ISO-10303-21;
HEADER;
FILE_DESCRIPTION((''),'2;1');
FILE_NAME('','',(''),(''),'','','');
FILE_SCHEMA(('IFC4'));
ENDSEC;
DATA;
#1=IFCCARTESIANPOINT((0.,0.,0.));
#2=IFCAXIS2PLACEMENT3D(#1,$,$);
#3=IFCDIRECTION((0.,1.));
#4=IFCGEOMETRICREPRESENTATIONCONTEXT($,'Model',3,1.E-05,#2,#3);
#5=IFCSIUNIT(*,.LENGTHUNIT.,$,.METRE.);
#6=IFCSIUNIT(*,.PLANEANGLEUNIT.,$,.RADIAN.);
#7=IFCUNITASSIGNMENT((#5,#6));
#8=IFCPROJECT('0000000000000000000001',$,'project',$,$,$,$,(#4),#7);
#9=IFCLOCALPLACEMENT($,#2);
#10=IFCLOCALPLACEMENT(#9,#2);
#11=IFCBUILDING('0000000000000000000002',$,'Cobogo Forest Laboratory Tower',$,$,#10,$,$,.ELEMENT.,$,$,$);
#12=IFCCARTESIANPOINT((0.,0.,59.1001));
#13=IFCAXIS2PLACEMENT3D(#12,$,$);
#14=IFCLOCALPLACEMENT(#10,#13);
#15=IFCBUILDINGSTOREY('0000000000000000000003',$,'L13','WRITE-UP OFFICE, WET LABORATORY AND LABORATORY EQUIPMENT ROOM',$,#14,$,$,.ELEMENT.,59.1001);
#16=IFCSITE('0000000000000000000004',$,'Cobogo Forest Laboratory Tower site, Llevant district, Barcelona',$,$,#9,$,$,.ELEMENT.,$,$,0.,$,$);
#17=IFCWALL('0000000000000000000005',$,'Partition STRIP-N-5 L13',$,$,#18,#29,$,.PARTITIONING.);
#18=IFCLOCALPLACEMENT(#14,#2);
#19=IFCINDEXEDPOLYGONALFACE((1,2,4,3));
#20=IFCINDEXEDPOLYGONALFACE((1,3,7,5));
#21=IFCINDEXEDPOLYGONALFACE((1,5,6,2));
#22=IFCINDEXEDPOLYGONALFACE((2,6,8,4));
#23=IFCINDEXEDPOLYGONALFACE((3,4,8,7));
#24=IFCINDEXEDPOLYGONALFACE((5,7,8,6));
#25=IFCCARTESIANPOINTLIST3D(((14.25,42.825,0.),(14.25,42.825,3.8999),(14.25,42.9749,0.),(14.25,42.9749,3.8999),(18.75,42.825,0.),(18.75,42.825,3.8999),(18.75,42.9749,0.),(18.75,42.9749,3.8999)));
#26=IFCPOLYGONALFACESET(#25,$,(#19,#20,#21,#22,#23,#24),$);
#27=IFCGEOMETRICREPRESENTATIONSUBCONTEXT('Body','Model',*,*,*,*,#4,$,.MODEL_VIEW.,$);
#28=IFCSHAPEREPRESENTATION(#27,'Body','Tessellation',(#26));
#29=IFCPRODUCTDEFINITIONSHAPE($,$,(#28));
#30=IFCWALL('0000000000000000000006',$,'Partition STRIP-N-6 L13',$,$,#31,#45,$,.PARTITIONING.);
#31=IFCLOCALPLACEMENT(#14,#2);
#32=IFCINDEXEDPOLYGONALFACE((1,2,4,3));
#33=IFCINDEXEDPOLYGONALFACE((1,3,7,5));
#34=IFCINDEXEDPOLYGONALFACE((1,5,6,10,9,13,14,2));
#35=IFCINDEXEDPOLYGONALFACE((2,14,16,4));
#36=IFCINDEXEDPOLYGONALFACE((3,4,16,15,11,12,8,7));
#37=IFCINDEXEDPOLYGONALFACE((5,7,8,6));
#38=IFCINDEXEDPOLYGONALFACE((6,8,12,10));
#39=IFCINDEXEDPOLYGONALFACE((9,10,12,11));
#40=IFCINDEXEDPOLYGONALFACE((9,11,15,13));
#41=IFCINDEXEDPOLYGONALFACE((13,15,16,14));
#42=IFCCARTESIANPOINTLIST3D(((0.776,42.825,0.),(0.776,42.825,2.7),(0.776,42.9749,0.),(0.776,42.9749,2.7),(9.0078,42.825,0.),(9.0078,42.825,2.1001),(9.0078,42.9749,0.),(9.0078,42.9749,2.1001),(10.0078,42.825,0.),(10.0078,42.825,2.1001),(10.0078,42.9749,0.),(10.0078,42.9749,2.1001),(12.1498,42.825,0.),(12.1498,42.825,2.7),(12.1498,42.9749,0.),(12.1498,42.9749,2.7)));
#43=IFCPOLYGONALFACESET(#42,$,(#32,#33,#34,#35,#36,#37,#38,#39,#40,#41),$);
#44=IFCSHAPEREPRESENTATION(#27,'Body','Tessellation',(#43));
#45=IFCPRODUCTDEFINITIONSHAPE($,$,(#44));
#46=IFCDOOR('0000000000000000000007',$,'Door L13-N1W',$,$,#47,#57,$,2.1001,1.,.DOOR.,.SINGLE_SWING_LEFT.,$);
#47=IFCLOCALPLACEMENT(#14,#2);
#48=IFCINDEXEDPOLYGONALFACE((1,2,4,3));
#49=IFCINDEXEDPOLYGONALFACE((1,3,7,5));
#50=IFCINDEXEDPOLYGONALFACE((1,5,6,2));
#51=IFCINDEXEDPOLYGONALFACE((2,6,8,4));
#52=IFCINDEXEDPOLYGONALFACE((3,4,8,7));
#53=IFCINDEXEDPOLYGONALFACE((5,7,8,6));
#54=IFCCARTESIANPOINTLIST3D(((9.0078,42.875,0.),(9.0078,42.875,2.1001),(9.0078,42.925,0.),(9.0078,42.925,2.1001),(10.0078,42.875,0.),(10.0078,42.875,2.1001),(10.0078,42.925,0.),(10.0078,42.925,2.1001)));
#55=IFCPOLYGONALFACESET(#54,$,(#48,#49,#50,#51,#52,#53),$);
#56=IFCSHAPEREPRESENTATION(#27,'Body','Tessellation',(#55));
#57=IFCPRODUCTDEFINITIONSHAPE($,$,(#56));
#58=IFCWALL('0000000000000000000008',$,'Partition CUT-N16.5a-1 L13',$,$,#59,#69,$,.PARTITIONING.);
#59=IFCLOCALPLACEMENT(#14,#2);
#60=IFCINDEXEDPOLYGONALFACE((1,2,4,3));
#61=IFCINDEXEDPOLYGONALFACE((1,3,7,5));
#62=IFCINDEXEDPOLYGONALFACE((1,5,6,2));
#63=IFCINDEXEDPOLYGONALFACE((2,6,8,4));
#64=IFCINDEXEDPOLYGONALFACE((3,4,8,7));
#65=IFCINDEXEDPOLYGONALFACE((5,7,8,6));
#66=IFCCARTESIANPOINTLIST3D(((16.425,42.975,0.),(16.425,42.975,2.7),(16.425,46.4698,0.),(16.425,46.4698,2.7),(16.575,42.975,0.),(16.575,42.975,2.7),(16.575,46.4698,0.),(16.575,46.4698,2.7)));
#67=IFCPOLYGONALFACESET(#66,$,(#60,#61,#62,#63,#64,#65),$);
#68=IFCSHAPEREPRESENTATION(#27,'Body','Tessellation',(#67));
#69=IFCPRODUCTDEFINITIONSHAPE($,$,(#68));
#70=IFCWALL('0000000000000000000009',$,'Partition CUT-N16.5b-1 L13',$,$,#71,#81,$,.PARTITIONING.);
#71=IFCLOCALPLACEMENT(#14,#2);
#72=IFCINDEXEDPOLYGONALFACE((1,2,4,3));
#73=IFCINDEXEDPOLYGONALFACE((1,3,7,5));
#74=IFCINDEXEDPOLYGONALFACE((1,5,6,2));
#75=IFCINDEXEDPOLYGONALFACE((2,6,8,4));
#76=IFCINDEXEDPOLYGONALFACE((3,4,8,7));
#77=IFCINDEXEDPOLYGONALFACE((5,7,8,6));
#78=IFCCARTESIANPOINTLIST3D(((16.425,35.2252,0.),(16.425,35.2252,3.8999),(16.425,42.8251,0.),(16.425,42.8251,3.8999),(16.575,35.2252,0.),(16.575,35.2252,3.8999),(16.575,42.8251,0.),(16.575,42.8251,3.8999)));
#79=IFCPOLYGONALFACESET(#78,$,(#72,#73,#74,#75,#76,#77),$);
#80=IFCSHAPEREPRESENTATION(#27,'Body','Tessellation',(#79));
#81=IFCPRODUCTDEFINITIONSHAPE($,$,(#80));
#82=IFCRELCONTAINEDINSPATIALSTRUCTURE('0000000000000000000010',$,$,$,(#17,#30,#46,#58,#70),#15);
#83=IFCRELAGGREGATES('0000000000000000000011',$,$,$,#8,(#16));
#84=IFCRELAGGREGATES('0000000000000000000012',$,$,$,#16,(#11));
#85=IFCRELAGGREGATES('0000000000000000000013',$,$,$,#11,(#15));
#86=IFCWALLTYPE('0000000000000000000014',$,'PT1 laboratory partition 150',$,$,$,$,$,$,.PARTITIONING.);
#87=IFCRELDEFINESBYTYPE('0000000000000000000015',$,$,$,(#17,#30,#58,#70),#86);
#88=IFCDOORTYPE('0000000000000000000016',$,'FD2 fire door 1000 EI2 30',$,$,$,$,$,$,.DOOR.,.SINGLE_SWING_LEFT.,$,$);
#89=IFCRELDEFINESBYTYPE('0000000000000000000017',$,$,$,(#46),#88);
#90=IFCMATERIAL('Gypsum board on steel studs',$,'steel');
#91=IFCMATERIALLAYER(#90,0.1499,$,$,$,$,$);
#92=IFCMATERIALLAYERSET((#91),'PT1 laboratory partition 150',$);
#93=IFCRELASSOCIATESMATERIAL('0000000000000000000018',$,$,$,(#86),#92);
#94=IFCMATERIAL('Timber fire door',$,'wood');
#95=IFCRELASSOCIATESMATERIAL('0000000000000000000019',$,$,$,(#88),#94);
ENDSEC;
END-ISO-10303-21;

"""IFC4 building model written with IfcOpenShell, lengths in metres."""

from ifc_helpers import new_model, si_unit, direction, frame, frame_2d, origin, place, context, subcontext, project, spatial, rectangle, extrude, material, layer, layer_set, type_object, element, fill, save


model = new_model("IFC4")

# Units and contexts
model_context = context("Model", 3, precision=1e-05, world=origin(), true_north=direction((0.0, 1.0)))
body_context = subcontext(model_context, "Body", "Model", "MODEL_VIEW")
ifc_project = project(units=[si_unit("LENGTHUNIT", "METRE"), si_unit("PLANEANGLEUNIT", "RADIAN")], contexts=[model_context])

# Site, building, storey
site_placement = place(None, origin())
site = spatial("IfcSite", under=ifc_project, at=site_placement, Name="Cobogo Forest Laboratory Tower site, Llevant district, Barcelona", CompositionType="ELEMENT", RefElevation=0.0)
building_placement = place(site_placement, origin())
building = spatial("IfcBuilding", under=site, at=building_placement, Name="Cobogo Forest Laboratory Tower", CompositionType="ELEMENT")
storey_placement = place(building_placement, frame((0.0, 0.0, 59.1001)))
storey = spatial("IfcBuildingStorey", under=building, at=storey_placement, Name="L13", Description="WRITE-UP OFFICE, WET LABORATORY AND LABORATORY EQUIPMENT ROOM", CompositionType="ELEMENT", Elevation=59.1001)

# Wall
ifc_material_1 = material(Name="Gypsum board on steel studs", Category="steel")
ifc_layer_1 = layer(ifc_material_1, 0.1499)
ifc_layer_set_1 = layer_set([ifc_layer_1], Name="PT1 laboratory partition 150")
wall_type = type_object("IfcWallType", Name="PT1 laboratory partition 150", PredefinedType="PARTITIONING", material=ifc_layer_set_1)
wall_1_placement = place(storey_placement, frame((18.75, 42.8999, 0.0), z_axis=(0.0, 0.0, 1.0), x_axis=(-1.0, 0.0, 0.0)))
element("IfcWall", 1, at=wall_1_placement, inside=storey, type_object=wall_type, Name="Partition STRIP-N-5 L13", PredefinedType="PARTITIONING", context=body_context, shape_type="SweptSolid", body=[
    extrude(rectangle(XDim=4.5, YDim=0.1499, at=frame_2d((2.25, 0.0))), origin(), (0.0, 0.0, 1.0), 3.8999),
])

# Wall, opening, door
wall_2_placement = place(storey_placement, frame((12.1499, 42.8999, 0.0), z_axis=(0.0, 0.0, 1.0), x_axis=(-1.0, 0.0, 0.0)))
wall_2 = element("IfcWall", 2, at=wall_2_placement, inside=storey, type_object=wall_type, Name="Partition STRIP-N-6 L13", PredefinedType="PARTITIONING", context=body_context, shape_type="SweptSolid", body=[
    extrude(rectangle(XDim=11.3738, YDim=0.1499, at=frame_2d((5.687, 0.0))), origin(), (0.0, 0.0, 1.0), 2.7),
])
opening_placement = place(wall_2_placement, frame((2.1421, 0.0, 0.0)))
opening = element("IfcOpeningElement", 3, at=opening_placement, cuts=wall_2, PredefinedType="OPENING", context=body_context, shape_type="SweptSolid", body=[
    extrude(rectangle(XDim=1.0, YDim=2.1001, at=frame_2d((0.5, 1.05))), frame((0.0, 0.085, 0.0), z_axis=(0.0, -1.0, 0.0), x_axis=(1.0, 0.0, 0.0)), (0.0, 0.0, 1.0), 0.1699),
])
ifc_material_2 = material(Name="Timber fire door", Category="wood")
door_type = type_object("IfcDoorType", Name="FD2 fire door 1000 EI2 30", OperationType="SINGLE_SWING_LEFT", PredefinedType="DOOR", material=ifc_material_2)
door_placement = place(opening_placement, origin())
door = element("IfcDoor", 4, at=door_placement, inside=storey, type_object=door_type, Name="Door L13-N1W", OperationType="SINGLE_SWING_LEFT", OverallHeight=2.1001, OverallWidth=1.0, PredefinedType="DOOR", context=body_context, shape_type="SweptSolid", body=[
    extrude(rectangle(XDim=1.0, YDim=2.1001, at=frame_2d((0.5, 1.05))), frame((0.0, 0.0249, 0.0), z_axis=(0.0, -1.0, 0.0), x_axis=(1.0, 0.0, 0.0)), (0.0, 0.0, 1.0), 0.05),
])
fill(opening, door)

# Walls
wall_3_placement = place(storey_placement, frame((16.5, 46.47, 0.0), z_axis=(0.0, 0.0, 1.0), x_axis=(0.0, -1.0, 0.0)))
element("IfcWall", 5, at=wall_3_placement, inside=storey, type_object=wall_type, Name="Partition CUT-N16.5a-1 L13", PredefinedType="PARTITIONING", context=body_context, shape_type="SweptSolid", body=[
    extrude(rectangle(XDim=3.4949, YDim=0.1499, at=frame_2d((1.7476, 0.0))), origin(), (0.0, 0.0, 1.0), 2.7),
])
wall_4_placement = place(storey_placement, frame((16.5, 42.825, 0.0), z_axis=(0.0, 0.0, 1.0), x_axis=(0.0, -1.0, 0.0)))
element("IfcWall", 6, at=wall_4_placement, inside=storey, type_object=wall_type, Name="Partition CUT-N16.5b-1 L13", PredefinedType="PARTITIONING", context=body_context, shape_type="SweptSolid", body=[
    extrude(rectangle(XDim=7.5999, YDim=0.1499, at=frame_2d((3.7998, 0.0))), origin(), (0.0, 0.0, 1.0), 3.8999),
])

save(model, "model.ifc")
